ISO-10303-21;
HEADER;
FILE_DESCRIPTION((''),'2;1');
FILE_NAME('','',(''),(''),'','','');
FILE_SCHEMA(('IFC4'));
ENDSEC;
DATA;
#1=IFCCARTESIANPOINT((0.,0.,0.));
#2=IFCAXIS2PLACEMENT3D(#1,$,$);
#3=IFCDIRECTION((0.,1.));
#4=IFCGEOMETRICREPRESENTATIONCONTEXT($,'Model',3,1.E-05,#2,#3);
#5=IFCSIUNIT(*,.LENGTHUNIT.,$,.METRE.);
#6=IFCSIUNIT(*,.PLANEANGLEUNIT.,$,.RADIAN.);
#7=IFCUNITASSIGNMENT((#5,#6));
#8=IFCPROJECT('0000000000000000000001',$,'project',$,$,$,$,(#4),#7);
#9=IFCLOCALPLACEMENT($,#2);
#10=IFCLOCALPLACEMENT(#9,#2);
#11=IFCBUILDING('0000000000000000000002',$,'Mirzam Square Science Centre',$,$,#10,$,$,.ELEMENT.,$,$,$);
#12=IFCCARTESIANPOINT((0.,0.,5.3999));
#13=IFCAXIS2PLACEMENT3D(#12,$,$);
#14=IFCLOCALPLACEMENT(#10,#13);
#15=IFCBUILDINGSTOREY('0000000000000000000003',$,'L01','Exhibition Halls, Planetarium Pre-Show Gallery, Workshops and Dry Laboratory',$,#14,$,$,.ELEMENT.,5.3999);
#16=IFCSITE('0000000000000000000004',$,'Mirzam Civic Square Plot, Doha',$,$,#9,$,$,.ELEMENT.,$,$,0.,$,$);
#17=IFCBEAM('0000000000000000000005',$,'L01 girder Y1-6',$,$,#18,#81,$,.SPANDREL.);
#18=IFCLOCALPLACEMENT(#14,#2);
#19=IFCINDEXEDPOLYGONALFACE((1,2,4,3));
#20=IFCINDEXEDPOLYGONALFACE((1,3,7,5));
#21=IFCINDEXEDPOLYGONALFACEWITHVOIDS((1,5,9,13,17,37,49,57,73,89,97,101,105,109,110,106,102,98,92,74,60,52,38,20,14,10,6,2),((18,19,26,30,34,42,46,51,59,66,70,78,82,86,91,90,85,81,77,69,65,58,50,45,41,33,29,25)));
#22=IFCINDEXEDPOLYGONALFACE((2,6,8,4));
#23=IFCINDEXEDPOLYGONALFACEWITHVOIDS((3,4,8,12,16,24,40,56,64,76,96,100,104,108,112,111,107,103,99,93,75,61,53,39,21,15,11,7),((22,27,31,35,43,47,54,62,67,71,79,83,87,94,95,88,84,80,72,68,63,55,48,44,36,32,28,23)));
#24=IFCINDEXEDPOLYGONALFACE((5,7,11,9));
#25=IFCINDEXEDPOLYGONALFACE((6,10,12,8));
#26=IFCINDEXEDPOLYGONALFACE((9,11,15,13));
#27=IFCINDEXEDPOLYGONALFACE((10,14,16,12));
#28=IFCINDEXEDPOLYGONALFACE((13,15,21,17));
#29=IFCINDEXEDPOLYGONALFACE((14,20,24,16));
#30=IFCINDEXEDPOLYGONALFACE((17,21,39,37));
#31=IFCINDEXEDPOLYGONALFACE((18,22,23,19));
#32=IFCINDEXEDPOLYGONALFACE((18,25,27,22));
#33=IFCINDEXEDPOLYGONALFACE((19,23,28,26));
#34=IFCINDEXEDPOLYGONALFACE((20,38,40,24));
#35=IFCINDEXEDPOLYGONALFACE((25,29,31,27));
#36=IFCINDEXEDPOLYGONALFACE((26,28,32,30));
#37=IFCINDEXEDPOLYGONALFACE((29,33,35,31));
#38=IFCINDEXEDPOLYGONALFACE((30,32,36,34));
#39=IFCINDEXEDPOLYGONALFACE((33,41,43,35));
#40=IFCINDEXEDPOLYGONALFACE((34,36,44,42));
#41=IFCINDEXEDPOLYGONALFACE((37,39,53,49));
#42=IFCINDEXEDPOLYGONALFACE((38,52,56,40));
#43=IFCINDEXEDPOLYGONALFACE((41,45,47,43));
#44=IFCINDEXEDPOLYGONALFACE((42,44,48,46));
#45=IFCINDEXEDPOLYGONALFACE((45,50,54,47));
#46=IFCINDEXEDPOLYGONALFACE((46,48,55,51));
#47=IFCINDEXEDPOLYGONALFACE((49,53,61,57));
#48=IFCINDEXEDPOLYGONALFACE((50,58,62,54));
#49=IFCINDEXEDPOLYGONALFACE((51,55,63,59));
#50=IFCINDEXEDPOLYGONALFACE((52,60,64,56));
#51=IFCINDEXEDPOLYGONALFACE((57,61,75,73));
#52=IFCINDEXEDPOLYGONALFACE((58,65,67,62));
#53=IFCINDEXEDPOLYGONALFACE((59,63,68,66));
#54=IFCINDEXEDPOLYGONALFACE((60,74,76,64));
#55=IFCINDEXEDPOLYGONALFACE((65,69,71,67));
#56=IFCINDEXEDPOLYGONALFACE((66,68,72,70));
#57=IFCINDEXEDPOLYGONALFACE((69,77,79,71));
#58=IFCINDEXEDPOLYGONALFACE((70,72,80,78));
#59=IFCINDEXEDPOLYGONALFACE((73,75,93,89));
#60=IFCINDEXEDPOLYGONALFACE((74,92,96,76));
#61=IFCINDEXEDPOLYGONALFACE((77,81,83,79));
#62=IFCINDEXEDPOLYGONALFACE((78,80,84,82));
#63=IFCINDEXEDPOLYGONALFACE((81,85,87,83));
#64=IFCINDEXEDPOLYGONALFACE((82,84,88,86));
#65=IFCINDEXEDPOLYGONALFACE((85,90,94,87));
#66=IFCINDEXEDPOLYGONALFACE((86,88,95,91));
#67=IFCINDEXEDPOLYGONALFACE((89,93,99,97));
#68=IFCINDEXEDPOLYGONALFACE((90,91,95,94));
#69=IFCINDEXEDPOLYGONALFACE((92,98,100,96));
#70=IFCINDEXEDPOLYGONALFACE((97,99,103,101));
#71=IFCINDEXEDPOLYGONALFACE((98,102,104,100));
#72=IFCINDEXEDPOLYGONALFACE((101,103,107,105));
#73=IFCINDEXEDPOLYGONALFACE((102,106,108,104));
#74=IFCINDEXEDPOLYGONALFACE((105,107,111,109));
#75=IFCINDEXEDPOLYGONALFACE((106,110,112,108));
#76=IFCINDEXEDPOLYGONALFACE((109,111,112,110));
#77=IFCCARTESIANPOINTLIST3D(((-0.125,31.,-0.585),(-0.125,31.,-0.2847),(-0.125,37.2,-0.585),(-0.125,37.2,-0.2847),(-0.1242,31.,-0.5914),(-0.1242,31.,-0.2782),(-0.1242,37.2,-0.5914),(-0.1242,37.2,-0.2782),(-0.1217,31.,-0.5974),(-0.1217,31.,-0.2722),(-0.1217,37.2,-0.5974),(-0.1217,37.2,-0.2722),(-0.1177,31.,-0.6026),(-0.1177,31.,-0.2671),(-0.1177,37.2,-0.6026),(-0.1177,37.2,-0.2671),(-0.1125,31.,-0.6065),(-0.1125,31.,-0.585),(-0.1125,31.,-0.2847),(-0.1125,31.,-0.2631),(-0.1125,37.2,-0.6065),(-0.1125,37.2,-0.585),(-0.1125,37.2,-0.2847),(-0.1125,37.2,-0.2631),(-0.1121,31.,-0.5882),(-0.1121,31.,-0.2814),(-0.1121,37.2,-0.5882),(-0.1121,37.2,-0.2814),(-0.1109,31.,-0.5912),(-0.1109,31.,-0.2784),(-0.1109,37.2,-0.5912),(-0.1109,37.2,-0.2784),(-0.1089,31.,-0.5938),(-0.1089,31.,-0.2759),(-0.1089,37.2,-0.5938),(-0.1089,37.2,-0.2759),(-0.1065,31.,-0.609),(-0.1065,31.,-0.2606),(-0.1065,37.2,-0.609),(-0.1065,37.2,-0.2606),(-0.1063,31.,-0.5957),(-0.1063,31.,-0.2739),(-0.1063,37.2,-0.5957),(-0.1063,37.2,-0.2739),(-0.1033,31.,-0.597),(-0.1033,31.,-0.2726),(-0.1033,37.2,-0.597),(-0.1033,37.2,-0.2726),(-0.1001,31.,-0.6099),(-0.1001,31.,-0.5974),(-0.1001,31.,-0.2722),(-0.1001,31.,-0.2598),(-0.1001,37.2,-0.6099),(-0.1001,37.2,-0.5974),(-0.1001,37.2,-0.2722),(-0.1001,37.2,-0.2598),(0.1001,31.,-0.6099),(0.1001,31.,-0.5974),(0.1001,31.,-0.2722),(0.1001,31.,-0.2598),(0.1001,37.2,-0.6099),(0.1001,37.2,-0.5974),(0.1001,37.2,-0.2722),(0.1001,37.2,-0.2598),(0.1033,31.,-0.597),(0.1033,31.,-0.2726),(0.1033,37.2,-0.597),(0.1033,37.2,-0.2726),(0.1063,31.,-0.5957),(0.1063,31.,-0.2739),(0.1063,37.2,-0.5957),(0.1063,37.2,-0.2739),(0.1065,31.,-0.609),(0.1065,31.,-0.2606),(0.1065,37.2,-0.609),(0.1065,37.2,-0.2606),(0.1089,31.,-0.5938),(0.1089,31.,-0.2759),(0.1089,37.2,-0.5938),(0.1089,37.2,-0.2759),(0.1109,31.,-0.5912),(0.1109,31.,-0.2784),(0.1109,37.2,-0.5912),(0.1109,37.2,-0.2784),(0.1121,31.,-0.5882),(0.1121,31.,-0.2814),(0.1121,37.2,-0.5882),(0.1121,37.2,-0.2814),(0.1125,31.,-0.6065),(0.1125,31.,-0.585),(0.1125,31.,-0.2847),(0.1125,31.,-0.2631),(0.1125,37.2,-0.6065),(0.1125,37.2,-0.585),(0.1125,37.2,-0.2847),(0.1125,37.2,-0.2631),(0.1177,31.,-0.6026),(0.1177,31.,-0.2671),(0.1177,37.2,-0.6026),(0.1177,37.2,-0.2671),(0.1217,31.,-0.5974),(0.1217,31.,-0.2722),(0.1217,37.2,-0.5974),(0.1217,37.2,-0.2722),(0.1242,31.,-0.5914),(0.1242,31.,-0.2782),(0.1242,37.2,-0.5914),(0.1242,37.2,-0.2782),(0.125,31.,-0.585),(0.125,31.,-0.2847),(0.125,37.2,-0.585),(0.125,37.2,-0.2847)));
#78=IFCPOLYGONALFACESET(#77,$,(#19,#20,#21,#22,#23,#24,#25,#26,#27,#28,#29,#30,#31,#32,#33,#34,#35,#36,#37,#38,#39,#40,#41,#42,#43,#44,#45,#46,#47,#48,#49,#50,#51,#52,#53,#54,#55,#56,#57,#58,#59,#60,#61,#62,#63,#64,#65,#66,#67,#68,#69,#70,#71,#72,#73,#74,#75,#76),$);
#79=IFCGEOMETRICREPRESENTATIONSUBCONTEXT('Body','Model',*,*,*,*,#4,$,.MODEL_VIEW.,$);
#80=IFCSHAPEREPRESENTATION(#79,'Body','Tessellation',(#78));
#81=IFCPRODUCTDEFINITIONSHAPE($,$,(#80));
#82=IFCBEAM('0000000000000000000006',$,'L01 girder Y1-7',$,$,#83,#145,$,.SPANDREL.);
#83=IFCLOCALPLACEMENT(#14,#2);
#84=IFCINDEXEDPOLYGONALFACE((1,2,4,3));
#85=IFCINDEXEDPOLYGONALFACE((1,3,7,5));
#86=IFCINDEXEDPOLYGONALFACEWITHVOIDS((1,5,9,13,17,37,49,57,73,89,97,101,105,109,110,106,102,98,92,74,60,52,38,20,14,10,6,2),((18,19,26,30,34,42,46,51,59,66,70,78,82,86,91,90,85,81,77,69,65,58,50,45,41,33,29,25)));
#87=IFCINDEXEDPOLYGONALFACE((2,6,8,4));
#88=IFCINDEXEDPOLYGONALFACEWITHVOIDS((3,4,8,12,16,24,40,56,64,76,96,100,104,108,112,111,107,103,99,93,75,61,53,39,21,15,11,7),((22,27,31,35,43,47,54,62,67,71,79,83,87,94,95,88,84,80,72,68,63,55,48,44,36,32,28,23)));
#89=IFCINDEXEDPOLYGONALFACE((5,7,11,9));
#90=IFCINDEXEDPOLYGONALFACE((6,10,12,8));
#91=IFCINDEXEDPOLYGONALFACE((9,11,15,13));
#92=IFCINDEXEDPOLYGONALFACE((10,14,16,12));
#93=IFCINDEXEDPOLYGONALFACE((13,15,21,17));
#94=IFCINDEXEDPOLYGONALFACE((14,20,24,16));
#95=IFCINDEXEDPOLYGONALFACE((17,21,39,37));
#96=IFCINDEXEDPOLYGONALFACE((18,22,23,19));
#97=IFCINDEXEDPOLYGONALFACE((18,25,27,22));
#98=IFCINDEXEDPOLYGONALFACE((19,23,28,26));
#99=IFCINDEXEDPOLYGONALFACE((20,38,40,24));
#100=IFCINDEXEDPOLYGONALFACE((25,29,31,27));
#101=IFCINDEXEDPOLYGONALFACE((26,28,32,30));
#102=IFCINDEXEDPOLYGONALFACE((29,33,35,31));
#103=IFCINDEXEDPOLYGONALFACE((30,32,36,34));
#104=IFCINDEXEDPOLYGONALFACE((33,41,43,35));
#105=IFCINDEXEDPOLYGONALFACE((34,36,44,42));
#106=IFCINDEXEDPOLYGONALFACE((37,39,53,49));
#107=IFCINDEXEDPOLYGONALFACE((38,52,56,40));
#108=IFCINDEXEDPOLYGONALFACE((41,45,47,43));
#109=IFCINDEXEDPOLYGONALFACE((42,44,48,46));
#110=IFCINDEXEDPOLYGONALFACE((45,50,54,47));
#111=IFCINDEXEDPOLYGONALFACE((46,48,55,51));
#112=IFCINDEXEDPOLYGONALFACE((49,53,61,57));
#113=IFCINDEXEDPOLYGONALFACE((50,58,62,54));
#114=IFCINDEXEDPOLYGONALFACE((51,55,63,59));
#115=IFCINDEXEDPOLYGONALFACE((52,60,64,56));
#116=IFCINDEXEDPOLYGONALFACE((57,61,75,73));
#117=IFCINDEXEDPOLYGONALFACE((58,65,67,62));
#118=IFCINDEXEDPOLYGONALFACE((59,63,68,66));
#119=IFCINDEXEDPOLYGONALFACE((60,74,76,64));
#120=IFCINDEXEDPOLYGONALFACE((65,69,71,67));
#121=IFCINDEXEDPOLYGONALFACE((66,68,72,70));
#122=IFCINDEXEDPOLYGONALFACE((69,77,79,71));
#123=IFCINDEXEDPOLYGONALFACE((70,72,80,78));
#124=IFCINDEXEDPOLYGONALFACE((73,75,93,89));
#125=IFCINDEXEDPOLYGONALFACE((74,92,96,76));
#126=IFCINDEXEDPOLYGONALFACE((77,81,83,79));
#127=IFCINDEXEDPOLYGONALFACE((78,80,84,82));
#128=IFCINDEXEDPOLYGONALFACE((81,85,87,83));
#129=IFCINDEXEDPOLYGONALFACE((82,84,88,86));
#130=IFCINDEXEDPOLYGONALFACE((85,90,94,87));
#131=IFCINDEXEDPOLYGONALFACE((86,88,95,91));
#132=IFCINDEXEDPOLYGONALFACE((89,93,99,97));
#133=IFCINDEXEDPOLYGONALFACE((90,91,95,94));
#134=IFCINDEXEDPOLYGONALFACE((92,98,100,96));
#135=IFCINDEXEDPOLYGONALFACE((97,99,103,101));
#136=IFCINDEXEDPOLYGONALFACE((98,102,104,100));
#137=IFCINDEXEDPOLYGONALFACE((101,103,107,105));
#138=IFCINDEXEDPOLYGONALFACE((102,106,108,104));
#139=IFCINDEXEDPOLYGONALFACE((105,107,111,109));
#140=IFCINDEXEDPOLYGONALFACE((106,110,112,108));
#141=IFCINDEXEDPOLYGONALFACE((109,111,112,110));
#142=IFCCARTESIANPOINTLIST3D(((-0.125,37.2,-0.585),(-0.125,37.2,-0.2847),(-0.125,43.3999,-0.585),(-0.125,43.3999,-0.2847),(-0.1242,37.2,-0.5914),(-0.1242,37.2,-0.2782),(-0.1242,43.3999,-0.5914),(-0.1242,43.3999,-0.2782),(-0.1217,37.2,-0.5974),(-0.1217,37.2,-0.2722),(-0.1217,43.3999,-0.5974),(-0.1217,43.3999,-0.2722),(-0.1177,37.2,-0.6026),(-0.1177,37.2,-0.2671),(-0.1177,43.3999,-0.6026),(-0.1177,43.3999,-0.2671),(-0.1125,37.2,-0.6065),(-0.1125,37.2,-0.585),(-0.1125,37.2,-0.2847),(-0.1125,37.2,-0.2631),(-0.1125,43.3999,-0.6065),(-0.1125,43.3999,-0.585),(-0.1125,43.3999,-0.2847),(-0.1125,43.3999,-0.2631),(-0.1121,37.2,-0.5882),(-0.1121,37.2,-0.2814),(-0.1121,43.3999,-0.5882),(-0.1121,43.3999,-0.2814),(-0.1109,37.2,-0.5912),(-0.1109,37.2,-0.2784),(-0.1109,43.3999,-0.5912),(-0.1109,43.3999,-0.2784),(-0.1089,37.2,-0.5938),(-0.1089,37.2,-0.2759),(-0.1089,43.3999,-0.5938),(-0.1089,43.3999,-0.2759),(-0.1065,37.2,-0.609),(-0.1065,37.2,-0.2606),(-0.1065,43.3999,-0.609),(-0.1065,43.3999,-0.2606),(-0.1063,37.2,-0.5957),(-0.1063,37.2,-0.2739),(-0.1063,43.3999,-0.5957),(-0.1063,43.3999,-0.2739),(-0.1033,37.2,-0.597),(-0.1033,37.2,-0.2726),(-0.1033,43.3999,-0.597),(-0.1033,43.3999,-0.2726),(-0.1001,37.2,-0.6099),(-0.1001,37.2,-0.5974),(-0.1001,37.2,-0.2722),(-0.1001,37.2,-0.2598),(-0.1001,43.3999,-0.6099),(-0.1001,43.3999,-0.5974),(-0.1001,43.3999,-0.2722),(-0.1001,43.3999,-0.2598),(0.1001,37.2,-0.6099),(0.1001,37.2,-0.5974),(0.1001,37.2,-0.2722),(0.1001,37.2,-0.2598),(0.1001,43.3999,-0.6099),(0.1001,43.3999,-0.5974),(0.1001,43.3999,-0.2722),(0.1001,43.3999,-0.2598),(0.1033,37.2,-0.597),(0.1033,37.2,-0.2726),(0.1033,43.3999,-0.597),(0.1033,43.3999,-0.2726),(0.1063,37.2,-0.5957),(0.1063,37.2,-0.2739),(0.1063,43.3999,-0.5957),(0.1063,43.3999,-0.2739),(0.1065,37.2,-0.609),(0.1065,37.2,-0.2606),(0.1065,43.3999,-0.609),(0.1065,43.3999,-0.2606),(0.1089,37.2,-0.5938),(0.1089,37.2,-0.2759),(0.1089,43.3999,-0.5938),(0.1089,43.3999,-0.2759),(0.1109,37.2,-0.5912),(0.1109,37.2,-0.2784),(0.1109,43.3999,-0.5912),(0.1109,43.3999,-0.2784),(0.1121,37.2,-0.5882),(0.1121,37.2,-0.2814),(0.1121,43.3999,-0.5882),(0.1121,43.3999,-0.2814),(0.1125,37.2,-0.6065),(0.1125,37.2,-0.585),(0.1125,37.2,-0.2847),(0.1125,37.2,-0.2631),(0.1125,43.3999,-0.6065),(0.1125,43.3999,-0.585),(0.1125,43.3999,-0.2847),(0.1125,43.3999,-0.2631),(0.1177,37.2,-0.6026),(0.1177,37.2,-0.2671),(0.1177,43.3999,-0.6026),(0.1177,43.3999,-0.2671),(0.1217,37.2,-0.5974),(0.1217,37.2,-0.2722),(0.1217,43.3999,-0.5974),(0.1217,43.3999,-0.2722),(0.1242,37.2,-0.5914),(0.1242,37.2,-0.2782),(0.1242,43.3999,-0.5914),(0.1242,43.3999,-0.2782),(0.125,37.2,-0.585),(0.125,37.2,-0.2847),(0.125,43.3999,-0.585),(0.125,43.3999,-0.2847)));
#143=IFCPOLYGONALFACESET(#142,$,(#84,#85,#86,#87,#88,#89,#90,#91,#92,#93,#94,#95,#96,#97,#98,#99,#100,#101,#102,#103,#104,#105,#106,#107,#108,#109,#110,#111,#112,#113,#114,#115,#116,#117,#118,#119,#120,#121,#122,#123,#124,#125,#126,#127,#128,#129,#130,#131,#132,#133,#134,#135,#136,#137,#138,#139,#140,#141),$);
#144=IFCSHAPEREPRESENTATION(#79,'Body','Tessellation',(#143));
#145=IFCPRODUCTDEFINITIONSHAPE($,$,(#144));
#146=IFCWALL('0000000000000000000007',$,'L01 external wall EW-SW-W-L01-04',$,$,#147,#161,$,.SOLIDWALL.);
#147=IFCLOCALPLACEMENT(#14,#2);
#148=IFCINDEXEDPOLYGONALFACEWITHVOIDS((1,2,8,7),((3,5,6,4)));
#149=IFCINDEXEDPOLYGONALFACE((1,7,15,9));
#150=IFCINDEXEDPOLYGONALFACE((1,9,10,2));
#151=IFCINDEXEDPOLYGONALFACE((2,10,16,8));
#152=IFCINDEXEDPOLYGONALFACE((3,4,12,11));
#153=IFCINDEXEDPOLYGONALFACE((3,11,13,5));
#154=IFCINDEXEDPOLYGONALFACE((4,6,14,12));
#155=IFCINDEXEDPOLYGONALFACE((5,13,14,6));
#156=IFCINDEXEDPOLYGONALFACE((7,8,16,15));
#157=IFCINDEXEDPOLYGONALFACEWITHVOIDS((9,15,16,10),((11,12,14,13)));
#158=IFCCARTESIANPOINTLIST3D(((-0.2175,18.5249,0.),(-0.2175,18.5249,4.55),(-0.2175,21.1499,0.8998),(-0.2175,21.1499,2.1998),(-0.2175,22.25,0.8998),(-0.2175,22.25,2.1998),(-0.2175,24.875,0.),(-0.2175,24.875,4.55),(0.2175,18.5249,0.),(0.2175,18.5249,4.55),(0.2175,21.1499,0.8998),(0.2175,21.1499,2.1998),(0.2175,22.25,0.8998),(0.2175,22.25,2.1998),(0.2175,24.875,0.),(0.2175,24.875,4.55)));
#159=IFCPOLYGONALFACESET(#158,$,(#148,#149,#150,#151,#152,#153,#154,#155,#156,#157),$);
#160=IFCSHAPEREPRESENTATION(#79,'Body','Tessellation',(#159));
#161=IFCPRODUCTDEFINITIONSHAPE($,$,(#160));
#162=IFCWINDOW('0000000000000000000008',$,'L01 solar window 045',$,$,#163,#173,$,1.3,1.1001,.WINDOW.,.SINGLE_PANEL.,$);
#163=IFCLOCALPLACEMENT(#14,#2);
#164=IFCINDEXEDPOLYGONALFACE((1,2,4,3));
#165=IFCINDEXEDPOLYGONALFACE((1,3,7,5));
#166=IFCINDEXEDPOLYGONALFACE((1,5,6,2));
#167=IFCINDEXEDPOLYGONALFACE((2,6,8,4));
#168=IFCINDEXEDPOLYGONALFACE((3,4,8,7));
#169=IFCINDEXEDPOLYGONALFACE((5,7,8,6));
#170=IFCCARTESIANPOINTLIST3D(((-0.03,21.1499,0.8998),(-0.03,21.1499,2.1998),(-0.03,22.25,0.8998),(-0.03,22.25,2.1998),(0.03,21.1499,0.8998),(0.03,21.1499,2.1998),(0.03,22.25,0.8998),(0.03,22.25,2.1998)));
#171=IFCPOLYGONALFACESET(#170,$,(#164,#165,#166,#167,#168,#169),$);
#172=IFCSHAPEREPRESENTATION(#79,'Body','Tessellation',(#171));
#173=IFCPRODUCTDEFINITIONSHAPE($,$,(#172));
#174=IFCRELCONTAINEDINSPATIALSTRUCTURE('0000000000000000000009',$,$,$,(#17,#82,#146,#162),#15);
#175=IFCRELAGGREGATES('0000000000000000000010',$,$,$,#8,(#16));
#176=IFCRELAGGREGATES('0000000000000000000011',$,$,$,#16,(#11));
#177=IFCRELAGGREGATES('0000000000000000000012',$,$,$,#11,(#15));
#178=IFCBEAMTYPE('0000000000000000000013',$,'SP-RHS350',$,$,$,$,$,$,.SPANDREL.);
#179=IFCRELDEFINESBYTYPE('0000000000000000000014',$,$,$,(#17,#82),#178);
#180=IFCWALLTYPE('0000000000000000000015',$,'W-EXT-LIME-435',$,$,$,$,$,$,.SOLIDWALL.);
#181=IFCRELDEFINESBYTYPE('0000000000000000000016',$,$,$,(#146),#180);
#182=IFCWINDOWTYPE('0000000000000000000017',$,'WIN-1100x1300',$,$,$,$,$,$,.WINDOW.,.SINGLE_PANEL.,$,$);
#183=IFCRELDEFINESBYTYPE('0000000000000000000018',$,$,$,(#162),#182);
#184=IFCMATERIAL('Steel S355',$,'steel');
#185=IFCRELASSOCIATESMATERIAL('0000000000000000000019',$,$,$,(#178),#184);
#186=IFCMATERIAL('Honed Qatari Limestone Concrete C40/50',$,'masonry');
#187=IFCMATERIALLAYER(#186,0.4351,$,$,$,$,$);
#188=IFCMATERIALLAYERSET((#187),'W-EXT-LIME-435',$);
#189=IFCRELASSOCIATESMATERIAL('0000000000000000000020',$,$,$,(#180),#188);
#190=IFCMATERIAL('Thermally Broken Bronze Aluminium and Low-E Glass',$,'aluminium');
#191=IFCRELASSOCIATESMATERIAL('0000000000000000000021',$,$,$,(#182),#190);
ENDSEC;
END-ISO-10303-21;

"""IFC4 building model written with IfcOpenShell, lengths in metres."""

from ifc_helpers import new_model, si_unit, direction, frame, frame_2d, origin, origin_2d, place, context, subcontext, project, spatial, rectangle, hollow_rectangle, extrude, material, layer, layer_set, material_profile, profile_set, type_object, element, fill, save


model = new_model("IFC4")

# Units and contexts
model_context = context("Model", 3, precision=1e-05, world=origin(), true_north=direction((0.0, 1.0)))
body_context = subcontext(model_context, "Body", "Model", "MODEL_VIEW")
ifc_project = project(units=[si_unit("LENGTHUNIT", "METRE"), si_unit("PLANEANGLEUNIT", "RADIAN")], contexts=[model_context])

# Site, building, storey
site_placement = place(None, origin())
site = spatial("IfcSite", under=ifc_project, at=site_placement, Name="Mirzam Civic Square Plot, Doha", CompositionType="ELEMENT", RefElevation=0.0)
building_placement = place(site_placement, origin())
building = spatial("IfcBuilding", under=site, at=building_placement, Name="Mirzam Square Science Centre", CompositionType="ELEMENT")
storey_placement = place(building_placement, frame((0.0, 0.0, 5.3999)))
storey = spatial("IfcBuildingStorey", under=building, at=storey_placement, Name="L01", Description="Exhibition Halls, Planetarium Pre-Show Gallery, Workshops and Dry Laboratory", CompositionType="ELEMENT", Elevation=5.3999)

# Shared definitions
ifc_material_1 = material(Name="Steel S355", Category="steel")

# Beams
ifc_material_profile_1 = material_profile(ifc_material_1, hollow_rectangle(XDim=0.25, YDim=0.3501, WallThickness=0.0125, InnerFilletRadius=0.0125, OuterFilletRadius=0.0249, at=origin_2d()), Name="350x250x12.5RHS")
ifc_profile_set_1 = profile_set([ifc_material_profile_1], Name="Steel S355")
beam_type_1 = type_object("IfcBeamType", Name="SP-RHS350", PredefinedType="SPANDREL", material=ifc_profile_set_1)
for number, where, z_axis, x_axis, name in (
    (1, (0.0, 31.0, -0.4348), (0.0, 1.0, 0.0), (-1.0, 0.0, 0.0), "L01 girder Y1-6"),
    (2, (0.0, 37.2, -0.4348), (0.0, 1.0, 0.0), (-1.0, 0.0, 0.0), "L01 girder Y1-7"),
):
    element("IfcBeam", number, at=place(storey_placement, frame(where, z_axis=z_axis, x_axis=x_axis)), inside=storey, type_object=beam_type_1, Name=name, PredefinedType="SPANDREL", context=body_context, shape_type="SweptSolid", body=[
        extrude(hollow_rectangle(XDim=0.25, YDim=0.3501, WallThickness=0.0125, InnerFilletRadius=0.0125, OuterFilletRadius=0.0249, at=origin_2d()), origin(), (0.0, 0.0, 1.0), 6.2),
    ])

# Wall, opening, window
ifc_material_2 = material(Name="Honed Qatari Limestone Concrete C40/50", Category="masonry")
ifc_layer_1 = layer(ifc_material_2, 0.4351)
ifc_layer_set_1 = layer_set([ifc_layer_1], Name="W-EXT-LIME-435")
wall_type_1 = type_object("IfcWallType", Name="W-EXT-LIME-435", PredefinedType="SOLIDWALL", material=ifc_layer_set_1)
wall_1_placement = place(storey_placement, frame((0.0, 24.875, 0.0), z_axis=(0.0, 0.0, 1.0), x_axis=(0.0, -1.0, 0.0)))
wall_1 = element("IfcWall", 3, at=wall_1_placement, inside=storey, type_object=wall_type_1, Name="L01 external wall EW-SW-W-L01-04", PredefinedType="SOLIDWALL", context=body_context, shape_type="SweptSolid", body=[
    extrude(rectangle(XDim=6.3501, YDim=0.4351, at=frame_2d((3.175, 0.0))), origin(), (0.0, 0.0, 1.0), 4.55),
])
opening_1_placement = place(wall_1_placement, frame((2.625, 0.0, 0.8999)))
opening_1 = element("IfcOpeningElement", 4, at=opening_1_placement, cuts=wall_1, PredefinedType="OPENING", context=body_context, shape_type="SweptSolid", body=[
    extrude(rectangle(XDim=1.1001, YDim=1.3, at=frame_2d((0.55, 0.6499))), frame((0.0, 0.2275, 0.0), z_axis=(0.0, -1.0, 0.0), x_axis=(1.0, 0.0, 0.0)), (0.0, 0.0, 1.0), 0.4551),
])
ifc_material_3 = material(Name="Thermally Broken Bronze Aluminium and Low-E Glass", Category="aluminium")
window_type_1 = type_object("IfcWindowType", Name="WIN-1100x1300", PartitioningType="SINGLE_PANEL", PredefinedType="WINDOW", material=ifc_material_3)
window_1_placement = place(opening_1_placement, origin())
window_1 = element("IfcWindow", 5, at=window_1_placement, inside=storey, type_object=window_type_1, Name="L01 solar window 045", OverallHeight=1.3, OverallWidth=1.1001, PartitioningType="SINGLE_PANEL", PredefinedType="WINDOW", context=body_context, shape_type="SweptSolid", body=[
    extrude(rectangle(XDim=1.1001, YDim=1.3, at=frame_2d((0.55, 0.6499))), frame((0.0, 0.03, 0.0), z_axis=(0.0, -1.0, 0.0), x_axis=(1.0, 0.0, 0.0)), (0.0, 0.0, 1.0), 0.0601),
])
fill(opening_1, window_1)

save(model, "model.ifc")
